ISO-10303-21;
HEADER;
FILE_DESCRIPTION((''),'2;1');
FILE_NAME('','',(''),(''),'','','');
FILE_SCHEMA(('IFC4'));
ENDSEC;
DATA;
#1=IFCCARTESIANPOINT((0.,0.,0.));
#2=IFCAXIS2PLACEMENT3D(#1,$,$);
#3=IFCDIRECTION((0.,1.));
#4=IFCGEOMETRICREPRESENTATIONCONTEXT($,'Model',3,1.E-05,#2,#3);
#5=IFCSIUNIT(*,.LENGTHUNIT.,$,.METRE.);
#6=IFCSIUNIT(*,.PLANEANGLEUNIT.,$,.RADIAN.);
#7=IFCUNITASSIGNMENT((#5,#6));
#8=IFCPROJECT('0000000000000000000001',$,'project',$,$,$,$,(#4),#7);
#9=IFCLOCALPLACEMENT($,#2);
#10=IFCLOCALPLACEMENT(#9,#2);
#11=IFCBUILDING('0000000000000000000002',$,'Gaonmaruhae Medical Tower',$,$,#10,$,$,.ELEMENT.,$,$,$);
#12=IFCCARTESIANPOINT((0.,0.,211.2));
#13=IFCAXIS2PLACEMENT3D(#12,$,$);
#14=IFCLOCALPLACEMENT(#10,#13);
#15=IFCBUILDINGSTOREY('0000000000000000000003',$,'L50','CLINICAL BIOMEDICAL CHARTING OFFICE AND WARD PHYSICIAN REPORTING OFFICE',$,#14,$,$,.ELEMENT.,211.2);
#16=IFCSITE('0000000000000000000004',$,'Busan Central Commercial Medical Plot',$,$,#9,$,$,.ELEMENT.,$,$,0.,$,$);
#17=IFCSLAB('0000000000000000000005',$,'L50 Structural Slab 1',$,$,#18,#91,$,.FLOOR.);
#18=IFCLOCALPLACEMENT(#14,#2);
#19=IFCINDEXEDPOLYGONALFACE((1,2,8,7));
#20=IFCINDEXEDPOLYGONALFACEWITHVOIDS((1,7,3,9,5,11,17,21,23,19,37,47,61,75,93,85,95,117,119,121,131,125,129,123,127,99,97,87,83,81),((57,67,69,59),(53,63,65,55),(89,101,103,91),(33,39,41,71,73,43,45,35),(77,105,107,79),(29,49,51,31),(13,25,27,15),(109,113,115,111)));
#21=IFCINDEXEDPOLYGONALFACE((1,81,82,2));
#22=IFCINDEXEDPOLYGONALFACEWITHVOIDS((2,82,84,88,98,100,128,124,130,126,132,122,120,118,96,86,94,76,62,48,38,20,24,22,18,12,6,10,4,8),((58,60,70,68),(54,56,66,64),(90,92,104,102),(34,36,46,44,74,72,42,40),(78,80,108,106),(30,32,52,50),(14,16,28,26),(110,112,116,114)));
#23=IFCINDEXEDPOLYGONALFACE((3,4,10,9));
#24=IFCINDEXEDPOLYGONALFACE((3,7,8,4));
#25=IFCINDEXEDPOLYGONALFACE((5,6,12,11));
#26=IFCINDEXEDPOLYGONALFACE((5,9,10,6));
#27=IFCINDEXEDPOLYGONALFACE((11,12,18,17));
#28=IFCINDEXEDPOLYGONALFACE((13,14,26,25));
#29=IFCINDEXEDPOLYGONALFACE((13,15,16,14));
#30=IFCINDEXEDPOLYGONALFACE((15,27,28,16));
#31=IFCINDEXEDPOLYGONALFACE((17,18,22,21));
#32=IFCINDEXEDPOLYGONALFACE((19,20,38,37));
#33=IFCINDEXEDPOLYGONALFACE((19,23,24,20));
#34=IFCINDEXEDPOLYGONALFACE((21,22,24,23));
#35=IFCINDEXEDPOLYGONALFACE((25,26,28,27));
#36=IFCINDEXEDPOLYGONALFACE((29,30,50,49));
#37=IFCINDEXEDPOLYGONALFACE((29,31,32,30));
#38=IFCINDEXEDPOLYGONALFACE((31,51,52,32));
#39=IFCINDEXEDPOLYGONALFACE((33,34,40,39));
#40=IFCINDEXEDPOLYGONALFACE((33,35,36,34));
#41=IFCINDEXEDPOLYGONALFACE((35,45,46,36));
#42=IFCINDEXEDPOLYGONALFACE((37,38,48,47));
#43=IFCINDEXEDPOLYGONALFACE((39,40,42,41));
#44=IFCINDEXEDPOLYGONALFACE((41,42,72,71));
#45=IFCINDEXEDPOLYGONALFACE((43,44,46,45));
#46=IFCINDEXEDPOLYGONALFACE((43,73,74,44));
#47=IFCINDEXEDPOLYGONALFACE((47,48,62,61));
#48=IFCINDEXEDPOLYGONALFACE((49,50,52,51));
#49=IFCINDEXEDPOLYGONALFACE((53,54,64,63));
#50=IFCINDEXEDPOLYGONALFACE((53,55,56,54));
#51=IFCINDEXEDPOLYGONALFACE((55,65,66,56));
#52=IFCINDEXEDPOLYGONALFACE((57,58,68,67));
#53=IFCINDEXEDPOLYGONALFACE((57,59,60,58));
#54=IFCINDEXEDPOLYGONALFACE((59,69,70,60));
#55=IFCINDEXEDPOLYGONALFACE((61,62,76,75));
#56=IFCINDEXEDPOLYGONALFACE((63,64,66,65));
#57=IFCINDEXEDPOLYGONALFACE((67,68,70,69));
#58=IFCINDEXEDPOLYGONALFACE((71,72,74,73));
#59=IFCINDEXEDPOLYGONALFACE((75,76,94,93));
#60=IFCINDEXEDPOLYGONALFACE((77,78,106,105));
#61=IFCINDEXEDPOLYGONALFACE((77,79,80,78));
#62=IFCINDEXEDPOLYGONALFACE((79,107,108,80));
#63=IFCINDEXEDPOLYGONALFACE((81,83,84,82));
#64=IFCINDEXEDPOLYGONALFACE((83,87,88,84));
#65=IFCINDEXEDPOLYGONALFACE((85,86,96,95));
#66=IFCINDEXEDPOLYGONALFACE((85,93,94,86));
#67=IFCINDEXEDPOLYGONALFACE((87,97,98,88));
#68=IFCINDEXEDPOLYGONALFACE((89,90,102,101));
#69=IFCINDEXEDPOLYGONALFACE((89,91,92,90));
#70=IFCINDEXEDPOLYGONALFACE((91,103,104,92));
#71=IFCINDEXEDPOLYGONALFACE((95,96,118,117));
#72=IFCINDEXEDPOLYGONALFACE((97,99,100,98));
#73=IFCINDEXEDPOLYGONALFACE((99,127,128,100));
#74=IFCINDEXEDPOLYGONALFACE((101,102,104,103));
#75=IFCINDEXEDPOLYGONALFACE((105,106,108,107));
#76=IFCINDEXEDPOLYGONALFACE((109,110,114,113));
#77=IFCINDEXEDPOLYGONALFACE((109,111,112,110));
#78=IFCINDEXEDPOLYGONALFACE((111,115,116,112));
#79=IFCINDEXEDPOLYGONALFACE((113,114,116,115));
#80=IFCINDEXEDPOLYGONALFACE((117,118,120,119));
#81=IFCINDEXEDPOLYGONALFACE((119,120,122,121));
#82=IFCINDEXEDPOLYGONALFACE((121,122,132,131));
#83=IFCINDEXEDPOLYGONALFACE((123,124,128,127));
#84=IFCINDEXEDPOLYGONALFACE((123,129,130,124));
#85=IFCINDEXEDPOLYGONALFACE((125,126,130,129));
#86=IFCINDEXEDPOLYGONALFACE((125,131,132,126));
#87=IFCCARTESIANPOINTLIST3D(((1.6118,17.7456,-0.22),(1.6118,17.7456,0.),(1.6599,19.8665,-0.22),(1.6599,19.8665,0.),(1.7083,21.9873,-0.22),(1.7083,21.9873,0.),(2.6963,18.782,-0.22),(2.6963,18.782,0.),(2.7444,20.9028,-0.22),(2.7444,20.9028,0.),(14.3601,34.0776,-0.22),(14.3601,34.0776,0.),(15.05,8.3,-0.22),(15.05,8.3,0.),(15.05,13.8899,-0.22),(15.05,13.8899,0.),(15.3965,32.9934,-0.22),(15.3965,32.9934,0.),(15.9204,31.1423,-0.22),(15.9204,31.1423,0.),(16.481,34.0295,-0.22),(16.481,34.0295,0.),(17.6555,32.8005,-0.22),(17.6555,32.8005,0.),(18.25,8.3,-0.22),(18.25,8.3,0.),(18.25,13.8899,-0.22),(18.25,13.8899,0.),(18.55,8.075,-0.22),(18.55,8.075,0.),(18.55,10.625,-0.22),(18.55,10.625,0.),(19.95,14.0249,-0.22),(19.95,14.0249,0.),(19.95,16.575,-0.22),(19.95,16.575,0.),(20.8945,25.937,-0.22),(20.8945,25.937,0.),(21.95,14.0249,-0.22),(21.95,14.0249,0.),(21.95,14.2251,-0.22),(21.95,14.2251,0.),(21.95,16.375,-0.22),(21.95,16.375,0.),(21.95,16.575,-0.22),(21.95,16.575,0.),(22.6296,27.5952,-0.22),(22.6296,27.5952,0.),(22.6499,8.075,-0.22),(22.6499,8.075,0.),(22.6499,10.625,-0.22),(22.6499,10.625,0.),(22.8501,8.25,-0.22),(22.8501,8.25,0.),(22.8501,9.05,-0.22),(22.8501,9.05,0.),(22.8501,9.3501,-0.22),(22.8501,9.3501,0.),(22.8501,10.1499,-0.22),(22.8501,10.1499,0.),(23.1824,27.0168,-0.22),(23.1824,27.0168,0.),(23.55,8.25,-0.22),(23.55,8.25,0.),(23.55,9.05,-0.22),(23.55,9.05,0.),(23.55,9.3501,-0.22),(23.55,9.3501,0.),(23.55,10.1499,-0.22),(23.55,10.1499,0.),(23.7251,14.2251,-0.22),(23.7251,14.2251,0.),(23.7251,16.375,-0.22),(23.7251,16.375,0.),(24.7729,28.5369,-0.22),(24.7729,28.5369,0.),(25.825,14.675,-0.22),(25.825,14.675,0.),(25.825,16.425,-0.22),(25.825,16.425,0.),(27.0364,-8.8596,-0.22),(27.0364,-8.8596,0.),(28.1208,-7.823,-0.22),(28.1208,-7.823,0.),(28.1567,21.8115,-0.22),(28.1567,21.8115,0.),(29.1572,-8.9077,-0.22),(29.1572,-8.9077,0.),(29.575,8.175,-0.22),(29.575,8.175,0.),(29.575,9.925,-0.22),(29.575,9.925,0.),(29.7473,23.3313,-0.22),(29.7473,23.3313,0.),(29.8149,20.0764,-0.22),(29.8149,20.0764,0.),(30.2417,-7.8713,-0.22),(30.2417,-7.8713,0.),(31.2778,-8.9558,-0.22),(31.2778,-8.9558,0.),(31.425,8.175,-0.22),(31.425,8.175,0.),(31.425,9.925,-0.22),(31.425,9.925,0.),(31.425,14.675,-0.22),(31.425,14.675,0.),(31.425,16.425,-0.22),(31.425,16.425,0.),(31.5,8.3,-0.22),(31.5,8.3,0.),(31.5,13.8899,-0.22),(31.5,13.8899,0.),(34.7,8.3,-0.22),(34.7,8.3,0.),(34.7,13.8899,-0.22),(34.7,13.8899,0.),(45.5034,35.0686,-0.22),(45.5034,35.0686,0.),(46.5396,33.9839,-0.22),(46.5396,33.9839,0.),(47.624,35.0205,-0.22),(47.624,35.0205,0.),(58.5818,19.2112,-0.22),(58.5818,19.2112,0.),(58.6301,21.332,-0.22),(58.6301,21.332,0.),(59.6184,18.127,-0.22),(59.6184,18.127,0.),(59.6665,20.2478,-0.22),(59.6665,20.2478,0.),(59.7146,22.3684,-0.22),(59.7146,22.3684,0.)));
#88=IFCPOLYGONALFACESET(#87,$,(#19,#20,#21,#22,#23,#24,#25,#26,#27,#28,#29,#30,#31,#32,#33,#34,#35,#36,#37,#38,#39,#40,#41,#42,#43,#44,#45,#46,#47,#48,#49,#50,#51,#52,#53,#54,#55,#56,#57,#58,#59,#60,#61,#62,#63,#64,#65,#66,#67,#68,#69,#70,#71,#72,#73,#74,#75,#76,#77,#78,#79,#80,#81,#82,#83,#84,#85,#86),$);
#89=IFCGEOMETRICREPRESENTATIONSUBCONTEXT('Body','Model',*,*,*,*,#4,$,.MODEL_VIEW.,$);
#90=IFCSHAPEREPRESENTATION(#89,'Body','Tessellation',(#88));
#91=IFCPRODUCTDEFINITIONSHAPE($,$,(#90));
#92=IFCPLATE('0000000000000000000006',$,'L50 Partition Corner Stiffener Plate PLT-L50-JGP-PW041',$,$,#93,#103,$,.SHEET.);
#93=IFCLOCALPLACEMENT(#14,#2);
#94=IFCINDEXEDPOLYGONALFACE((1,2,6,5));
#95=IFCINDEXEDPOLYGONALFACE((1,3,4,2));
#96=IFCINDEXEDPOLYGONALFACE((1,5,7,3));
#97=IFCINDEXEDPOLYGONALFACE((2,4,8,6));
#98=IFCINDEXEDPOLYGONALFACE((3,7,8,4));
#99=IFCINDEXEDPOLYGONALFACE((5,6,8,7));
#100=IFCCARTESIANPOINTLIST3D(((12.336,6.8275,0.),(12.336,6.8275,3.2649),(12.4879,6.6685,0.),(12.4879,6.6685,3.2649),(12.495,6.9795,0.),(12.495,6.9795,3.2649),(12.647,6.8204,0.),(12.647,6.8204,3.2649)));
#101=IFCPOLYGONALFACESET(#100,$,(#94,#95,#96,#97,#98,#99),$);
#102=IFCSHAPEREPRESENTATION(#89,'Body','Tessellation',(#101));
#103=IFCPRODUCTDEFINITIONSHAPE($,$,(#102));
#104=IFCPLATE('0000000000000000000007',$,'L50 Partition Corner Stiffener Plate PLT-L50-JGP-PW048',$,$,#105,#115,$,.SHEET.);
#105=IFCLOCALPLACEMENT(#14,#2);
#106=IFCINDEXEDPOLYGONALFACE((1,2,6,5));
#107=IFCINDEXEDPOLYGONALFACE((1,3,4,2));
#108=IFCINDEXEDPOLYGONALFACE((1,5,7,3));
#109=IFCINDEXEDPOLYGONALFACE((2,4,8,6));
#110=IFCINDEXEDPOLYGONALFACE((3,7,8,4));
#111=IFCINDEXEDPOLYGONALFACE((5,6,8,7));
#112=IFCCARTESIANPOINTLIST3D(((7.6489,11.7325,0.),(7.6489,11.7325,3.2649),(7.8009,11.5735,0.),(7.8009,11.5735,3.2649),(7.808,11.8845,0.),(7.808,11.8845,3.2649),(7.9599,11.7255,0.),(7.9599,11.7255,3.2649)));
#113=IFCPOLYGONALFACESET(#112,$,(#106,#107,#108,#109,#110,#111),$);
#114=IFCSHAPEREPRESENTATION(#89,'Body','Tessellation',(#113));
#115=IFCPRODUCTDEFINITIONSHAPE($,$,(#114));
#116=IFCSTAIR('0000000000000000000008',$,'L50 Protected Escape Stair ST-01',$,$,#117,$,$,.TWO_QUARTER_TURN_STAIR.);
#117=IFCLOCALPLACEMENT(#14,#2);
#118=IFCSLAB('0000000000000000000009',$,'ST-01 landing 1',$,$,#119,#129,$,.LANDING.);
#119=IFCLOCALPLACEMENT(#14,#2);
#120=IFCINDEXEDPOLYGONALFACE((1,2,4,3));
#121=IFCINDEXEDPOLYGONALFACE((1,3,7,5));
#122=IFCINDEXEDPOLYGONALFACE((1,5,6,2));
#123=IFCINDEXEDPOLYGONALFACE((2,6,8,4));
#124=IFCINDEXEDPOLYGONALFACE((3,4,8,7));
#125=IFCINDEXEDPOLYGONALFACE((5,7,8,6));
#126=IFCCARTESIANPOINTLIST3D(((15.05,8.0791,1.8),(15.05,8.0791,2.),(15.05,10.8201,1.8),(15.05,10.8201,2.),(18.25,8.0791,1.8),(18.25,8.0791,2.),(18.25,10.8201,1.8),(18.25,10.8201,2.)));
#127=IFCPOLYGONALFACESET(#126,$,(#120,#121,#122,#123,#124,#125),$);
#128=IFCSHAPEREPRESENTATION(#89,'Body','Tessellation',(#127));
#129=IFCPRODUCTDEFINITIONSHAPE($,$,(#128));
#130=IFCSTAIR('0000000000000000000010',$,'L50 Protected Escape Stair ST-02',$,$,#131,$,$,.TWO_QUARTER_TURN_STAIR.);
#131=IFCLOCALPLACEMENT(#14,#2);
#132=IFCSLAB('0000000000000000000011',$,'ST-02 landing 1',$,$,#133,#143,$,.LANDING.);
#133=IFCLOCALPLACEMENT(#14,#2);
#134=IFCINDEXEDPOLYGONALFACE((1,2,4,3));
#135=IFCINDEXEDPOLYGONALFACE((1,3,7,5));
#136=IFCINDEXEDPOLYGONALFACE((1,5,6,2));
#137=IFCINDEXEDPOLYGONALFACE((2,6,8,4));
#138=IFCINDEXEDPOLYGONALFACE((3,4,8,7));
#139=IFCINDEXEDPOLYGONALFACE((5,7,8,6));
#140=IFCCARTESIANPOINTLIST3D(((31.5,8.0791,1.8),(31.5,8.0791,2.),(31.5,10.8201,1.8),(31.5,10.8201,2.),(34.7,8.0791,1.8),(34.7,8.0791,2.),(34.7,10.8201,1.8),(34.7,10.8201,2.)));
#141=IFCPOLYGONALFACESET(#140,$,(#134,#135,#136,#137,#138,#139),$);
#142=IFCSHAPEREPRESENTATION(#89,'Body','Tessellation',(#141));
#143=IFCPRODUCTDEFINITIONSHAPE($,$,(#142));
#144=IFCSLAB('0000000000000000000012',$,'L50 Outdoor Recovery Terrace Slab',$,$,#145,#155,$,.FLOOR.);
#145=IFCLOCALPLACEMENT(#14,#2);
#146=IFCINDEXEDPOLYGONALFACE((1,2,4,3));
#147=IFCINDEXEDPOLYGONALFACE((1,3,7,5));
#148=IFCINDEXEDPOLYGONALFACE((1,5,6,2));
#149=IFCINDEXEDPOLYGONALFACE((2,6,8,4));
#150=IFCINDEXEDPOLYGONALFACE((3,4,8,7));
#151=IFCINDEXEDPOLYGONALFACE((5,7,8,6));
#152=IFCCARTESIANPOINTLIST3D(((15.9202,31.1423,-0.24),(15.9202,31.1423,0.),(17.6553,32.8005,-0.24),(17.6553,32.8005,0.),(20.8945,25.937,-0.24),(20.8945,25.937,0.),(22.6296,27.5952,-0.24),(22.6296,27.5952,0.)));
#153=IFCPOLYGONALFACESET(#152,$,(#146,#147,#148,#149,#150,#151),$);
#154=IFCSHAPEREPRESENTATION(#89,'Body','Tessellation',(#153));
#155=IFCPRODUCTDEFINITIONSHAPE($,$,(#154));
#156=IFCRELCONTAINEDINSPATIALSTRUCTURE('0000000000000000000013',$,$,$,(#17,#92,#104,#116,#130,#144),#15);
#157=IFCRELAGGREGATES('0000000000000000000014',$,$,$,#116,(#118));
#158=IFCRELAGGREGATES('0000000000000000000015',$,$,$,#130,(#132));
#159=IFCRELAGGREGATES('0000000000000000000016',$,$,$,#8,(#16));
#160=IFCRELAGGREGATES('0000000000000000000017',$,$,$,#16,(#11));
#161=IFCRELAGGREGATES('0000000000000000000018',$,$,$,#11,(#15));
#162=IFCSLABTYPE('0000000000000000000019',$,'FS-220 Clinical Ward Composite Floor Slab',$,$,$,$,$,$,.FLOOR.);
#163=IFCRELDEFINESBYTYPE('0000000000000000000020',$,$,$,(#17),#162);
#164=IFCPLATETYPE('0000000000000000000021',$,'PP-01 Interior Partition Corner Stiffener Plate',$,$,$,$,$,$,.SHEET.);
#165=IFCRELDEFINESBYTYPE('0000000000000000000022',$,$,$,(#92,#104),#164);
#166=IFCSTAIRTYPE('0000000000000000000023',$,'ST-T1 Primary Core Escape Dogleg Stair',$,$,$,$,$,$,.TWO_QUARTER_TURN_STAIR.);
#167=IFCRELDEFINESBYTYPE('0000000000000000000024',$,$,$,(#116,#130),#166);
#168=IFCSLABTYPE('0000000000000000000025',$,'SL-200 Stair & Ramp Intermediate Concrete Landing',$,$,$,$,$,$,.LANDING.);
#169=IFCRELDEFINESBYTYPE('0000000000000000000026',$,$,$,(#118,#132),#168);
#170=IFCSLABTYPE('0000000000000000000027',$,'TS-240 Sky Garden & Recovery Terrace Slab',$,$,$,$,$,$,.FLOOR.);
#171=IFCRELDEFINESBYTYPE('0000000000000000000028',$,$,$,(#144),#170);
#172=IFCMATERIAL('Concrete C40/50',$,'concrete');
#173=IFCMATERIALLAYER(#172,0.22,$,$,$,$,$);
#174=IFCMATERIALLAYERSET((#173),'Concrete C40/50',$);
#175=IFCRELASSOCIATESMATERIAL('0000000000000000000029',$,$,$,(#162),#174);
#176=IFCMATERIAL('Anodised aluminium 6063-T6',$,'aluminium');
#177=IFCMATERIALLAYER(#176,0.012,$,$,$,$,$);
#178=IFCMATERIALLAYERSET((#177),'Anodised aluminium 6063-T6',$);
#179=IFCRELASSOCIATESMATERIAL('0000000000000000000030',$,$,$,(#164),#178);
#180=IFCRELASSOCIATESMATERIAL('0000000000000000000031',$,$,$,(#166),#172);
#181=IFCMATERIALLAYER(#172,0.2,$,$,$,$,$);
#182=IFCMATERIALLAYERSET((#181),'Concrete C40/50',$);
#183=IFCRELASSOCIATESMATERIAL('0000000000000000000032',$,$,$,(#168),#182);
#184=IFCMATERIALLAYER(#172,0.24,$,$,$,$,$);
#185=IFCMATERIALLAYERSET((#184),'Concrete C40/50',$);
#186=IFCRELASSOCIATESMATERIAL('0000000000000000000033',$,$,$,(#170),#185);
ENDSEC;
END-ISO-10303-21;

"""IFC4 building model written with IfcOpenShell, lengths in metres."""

from ifc_helpers import new_model, si_unit, direction, frame, origin, origin_2d, place, context, subcontext, project, spatial, polyline, rectangle, outline, extrude, material, layer, layer_set, type_object, element, aggregate, save


model = new_model("IFC4")

# Units and contexts
model_context = context("Model", 3, precision=1e-05, world=origin(), true_north=direction((0.0, 1.0)))
body_context = subcontext(model_context, "Body", "Model", "MODEL_VIEW")
ifc_project = project(units=[si_unit("LENGTHUNIT", "METRE"), si_unit("PLANEANGLEUNIT", "RADIAN")], contexts=[model_context])

# Site, building, storey
site_placement = place(None, origin())
site = spatial("IfcSite", under=ifc_project, at=site_placement, Name="Busan Central Commercial Medical Plot", CompositionType="ELEMENT", RefElevation=0.0)
building_placement = place(site_placement, origin())
building = spatial("IfcBuilding", under=site, at=building_placement, Name="Gaonmaruhae Medical Tower", CompositionType="ELEMENT")
storey_placement = place(building_placement, frame((0.0, 0.0, 211.2)))
storey = spatial("IfcBuildingStorey", under=building, at=storey_placement, Name="L50", Description="CLINICAL BIOMEDICAL CHARTING OFFICE AND WARD PHYSICIAN REPORTING OFFICE", CompositionType="ELEMENT", Elevation=211.2)

# Slab
ifc_material_1 = material(Name="Concrete C40/50", Category="concrete")
ifc_layer_1 = layer(ifc_material_1, 0.22)
ifc_layer_set_1 = layer_set([ifc_layer_1], Name="Concrete C40/50")
slab_type_1 = type_object("IfcSlabType", Name="FS-220 Clinical Ward Composite Floor Slab", PredefinedType="FLOOR", material=ifc_layer_set_1)
slab_1_placement = place(storey_placement, frame((0.0, 0.0, -0.22)))
element("IfcSlab", 1, at=slab_1_placement, inside=storey, type_object=slab_type_1, Name="L50 Structural Slab 1", PredefinedType="FLOOR", context=body_context, shape_type="SweptSolid", body=[
    extrude(outline(polyline([(45.5034, 35.0686), (46.5396, 33.9839), (47.624, 35.0205), (59.7146, 22.3684), (58.6301, 21.332), (59.6665, 20.2478), (58.5818, 19.2112), (59.6184, 18.127), (31.2778, -8.9558), (30.2417, -7.8713), (29.1572, -8.9077), (28.1208, -7.823), (27.0364, -8.8596), (1.6118, 17.7456), (2.6963, 18.782), (1.6599, 19.8665), (2.7444, 20.9028), (1.7083, 21.9873), (14.3601, 34.0776), (15.3965, 32.9934), (16.481, 34.0295), (17.6555, 32.8005), (15.9204, 31.1423), (20.8945, 25.937), (22.6296, 27.5952), (23.1824, 27.0168), (24.7729, 28.5369), (29.7473, 23.3313), (28.1567, 21.8115), (29.8149, 20.0764), (45.5034, 35.0686)]), holes=[polyline([(23.55, 8.25), (22.8501, 8.25), (22.8501, 9.05), (23.55, 9.05), (23.55, 8.25)]), polyline([(31.425, 9.925), (31.425, 8.175), (29.575, 8.175), (29.575, 9.925), (31.425, 9.925)]), polyline([(22.6499, 10.625), (22.6499, 8.075), (18.55, 8.075), (18.55, 10.625), (22.6499, 10.625)]), polyline([(23.55, 9.3501), (22.8501, 9.3501), (22.8501, 10.1499), (23.55, 10.1499), (23.55, 9.3501)]), polyline([(15.05, 13.8899), (18.25, 13.8899), (18.25, 8.3), (15.05, 8.3), (15.05, 13.8899)]), polyline([(31.5, 13.8899), (34.7, 13.8899), (34.7, 8.3), (31.5, 8.3), (31.5, 13.8899)]), polyline([(21.95, 14.2251), (21.95, 14.0249), (19.95, 14.0249), (19.95, 16.575), (21.95, 16.575), (21.95, 16.375), (23.7251, 16.375), (23.7251, 14.2251), (21.95, 14.2251)]), polyline([(31.425, 16.425), (31.425, 14.675), (25.825, 14.675), (25.825, 16.425), (31.425, 16.425)])]), origin(), (0.0, 0.0, 1.0), 0.22),
])

# Plates
ifc_material_2 = material(Name="Anodised aluminium 6063-T6", Category="aluminium")
ifc_layer_2 = layer(ifc_material_2, 0.012)
ifc_layer_set_2 = layer_set([ifc_layer_2], Name="Anodised aluminium 6063-T6")
plate_type = type_object("IfcPlateType", Name="PP-01 Interior Partition Corner Stiffener Plate", PredefinedType="SHEET", material=ifc_layer_set_2)
for number, where, z_axis, x_axis, name in (
    (2, (12.4915, 6.824, 0.0), (0.0, 0.0, 1.0), (-0.690744, 0.7231, 0.0), "L50 Partition Corner Stiffener Plate PLT-L50-JGP-PW041"),
    (3, (7.8044, 11.729, 0.0), (0.0, 0.0, 1.0), (-0.690958, 0.722895, 0.0), "L50 Partition Corner Stiffener Plate PLT-L50-JGP-PW048"),
):
    element("IfcPlate", number, at=place(storey_placement, frame(where, z_axis=z_axis, x_axis=x_axis)), inside=storey, type_object=plate_type, Name=name, PredefinedType="SHEET", context=body_context, shape_type="SweptSolid", body=[
        extrude(rectangle(XDim=0.22, YDim=0.22, at=origin_2d()), origin(), (0.0, 0.0, 1.0), 3.2649),
    ])

# Stairs, slabs
stair_type = type_object("IfcStairType", Name="ST-T1 Primary Core Escape Dogleg Stair", PredefinedType="TWO_QUARTER_TURN_STAIR", material=ifc_material_1)
stair_1_placement = place(storey_placement, origin())
stair_1 = element("IfcStair", 4, at=stair_1_placement, inside=storey, type_object=stair_type, Name="L50 Protected Escape Stair ST-01", PredefinedType="TWO_QUARTER_TURN_STAIR")
ifc_layer_3 = layer(ifc_material_1, 0.2)
ifc_layer_set_3 = layer_set([ifc_layer_3], Name="Concrete C40/50")
slab_type_2 = type_object("IfcSlabType", Name="SL-200 Stair & Ramp Intermediate Concrete Landing", PredefinedType="LANDING", material=ifc_layer_set_3)
slab_2_placement = place(storey_placement, frame((0.0, 0.0, 1.8)))
slab_2 = element("IfcSlab", 5, at=slab_2_placement, type_object=slab_type_2, Name="ST-01 landing 1", PredefinedType="LANDING", context=body_context, shape_type="SweptSolid", body=[
    extrude(outline(polyline([(15.05, 10.8201), (15.05, 8.0791), (18.25, 8.0791), (18.25, 10.8201), (15.05, 10.8201)])), origin(), (0.0, 0.0, 1.0), 0.2),
])
aggregate(stair_1, [slab_2])
stair_2_placement = place(storey_placement, origin())
stair_2 = element("IfcStair", 6, at=stair_2_placement, inside=storey, type_object=stair_type, Name="L50 Protected Escape Stair ST-02", PredefinedType="TWO_QUARTER_TURN_STAIR")
slab_3_placement = place(storey_placement, frame((0.0, 0.0, 1.8)))
slab_3 = element("IfcSlab", 7, at=slab_3_placement, type_object=slab_type_2, Name="ST-02 landing 1", PredefinedType="LANDING", context=body_context, shape_type="SweptSolid", body=[
    extrude(outline(polyline([(31.5, 10.8201), (31.5, 8.0791), (34.7, 8.0791), (34.7, 10.8201), (31.5, 10.8201)])), origin(), (0.0, 0.0, 1.0), 0.2),
])
aggregate(stair_2, [slab_3])

# Slab
ifc_layer_4 = layer(ifc_material_1, 0.24)
ifc_layer_set_4 = layer_set([ifc_layer_4], Name="Concrete C40/50")
slab_type_3 = type_object("IfcSlabType", Name="TS-240 Sky Garden & Recovery Terrace Slab", PredefinedType="FLOOR", material=ifc_layer_set_4)
slab_4_placement = place(storey_placement, frame((0.0, 0.0, -0.24)))
element("IfcSlab", 8, at=slab_4_placement, inside=storey, type_object=slab_type_3, Name="L50 Outdoor Recovery Terrace Slab", PredefinedType="FLOOR", context=body_context, shape_type="SweptSolid", body=[
    extrude(outline(polyline([(20.8945, 25.937), (22.6296, 27.5952), (17.6553, 32.8005), (15.9202, 31.1423), (20.8945, 25.937)])), origin(), (0.0, 0.0, 1.0), 0.24),
])

save(model, "model.ifc")
